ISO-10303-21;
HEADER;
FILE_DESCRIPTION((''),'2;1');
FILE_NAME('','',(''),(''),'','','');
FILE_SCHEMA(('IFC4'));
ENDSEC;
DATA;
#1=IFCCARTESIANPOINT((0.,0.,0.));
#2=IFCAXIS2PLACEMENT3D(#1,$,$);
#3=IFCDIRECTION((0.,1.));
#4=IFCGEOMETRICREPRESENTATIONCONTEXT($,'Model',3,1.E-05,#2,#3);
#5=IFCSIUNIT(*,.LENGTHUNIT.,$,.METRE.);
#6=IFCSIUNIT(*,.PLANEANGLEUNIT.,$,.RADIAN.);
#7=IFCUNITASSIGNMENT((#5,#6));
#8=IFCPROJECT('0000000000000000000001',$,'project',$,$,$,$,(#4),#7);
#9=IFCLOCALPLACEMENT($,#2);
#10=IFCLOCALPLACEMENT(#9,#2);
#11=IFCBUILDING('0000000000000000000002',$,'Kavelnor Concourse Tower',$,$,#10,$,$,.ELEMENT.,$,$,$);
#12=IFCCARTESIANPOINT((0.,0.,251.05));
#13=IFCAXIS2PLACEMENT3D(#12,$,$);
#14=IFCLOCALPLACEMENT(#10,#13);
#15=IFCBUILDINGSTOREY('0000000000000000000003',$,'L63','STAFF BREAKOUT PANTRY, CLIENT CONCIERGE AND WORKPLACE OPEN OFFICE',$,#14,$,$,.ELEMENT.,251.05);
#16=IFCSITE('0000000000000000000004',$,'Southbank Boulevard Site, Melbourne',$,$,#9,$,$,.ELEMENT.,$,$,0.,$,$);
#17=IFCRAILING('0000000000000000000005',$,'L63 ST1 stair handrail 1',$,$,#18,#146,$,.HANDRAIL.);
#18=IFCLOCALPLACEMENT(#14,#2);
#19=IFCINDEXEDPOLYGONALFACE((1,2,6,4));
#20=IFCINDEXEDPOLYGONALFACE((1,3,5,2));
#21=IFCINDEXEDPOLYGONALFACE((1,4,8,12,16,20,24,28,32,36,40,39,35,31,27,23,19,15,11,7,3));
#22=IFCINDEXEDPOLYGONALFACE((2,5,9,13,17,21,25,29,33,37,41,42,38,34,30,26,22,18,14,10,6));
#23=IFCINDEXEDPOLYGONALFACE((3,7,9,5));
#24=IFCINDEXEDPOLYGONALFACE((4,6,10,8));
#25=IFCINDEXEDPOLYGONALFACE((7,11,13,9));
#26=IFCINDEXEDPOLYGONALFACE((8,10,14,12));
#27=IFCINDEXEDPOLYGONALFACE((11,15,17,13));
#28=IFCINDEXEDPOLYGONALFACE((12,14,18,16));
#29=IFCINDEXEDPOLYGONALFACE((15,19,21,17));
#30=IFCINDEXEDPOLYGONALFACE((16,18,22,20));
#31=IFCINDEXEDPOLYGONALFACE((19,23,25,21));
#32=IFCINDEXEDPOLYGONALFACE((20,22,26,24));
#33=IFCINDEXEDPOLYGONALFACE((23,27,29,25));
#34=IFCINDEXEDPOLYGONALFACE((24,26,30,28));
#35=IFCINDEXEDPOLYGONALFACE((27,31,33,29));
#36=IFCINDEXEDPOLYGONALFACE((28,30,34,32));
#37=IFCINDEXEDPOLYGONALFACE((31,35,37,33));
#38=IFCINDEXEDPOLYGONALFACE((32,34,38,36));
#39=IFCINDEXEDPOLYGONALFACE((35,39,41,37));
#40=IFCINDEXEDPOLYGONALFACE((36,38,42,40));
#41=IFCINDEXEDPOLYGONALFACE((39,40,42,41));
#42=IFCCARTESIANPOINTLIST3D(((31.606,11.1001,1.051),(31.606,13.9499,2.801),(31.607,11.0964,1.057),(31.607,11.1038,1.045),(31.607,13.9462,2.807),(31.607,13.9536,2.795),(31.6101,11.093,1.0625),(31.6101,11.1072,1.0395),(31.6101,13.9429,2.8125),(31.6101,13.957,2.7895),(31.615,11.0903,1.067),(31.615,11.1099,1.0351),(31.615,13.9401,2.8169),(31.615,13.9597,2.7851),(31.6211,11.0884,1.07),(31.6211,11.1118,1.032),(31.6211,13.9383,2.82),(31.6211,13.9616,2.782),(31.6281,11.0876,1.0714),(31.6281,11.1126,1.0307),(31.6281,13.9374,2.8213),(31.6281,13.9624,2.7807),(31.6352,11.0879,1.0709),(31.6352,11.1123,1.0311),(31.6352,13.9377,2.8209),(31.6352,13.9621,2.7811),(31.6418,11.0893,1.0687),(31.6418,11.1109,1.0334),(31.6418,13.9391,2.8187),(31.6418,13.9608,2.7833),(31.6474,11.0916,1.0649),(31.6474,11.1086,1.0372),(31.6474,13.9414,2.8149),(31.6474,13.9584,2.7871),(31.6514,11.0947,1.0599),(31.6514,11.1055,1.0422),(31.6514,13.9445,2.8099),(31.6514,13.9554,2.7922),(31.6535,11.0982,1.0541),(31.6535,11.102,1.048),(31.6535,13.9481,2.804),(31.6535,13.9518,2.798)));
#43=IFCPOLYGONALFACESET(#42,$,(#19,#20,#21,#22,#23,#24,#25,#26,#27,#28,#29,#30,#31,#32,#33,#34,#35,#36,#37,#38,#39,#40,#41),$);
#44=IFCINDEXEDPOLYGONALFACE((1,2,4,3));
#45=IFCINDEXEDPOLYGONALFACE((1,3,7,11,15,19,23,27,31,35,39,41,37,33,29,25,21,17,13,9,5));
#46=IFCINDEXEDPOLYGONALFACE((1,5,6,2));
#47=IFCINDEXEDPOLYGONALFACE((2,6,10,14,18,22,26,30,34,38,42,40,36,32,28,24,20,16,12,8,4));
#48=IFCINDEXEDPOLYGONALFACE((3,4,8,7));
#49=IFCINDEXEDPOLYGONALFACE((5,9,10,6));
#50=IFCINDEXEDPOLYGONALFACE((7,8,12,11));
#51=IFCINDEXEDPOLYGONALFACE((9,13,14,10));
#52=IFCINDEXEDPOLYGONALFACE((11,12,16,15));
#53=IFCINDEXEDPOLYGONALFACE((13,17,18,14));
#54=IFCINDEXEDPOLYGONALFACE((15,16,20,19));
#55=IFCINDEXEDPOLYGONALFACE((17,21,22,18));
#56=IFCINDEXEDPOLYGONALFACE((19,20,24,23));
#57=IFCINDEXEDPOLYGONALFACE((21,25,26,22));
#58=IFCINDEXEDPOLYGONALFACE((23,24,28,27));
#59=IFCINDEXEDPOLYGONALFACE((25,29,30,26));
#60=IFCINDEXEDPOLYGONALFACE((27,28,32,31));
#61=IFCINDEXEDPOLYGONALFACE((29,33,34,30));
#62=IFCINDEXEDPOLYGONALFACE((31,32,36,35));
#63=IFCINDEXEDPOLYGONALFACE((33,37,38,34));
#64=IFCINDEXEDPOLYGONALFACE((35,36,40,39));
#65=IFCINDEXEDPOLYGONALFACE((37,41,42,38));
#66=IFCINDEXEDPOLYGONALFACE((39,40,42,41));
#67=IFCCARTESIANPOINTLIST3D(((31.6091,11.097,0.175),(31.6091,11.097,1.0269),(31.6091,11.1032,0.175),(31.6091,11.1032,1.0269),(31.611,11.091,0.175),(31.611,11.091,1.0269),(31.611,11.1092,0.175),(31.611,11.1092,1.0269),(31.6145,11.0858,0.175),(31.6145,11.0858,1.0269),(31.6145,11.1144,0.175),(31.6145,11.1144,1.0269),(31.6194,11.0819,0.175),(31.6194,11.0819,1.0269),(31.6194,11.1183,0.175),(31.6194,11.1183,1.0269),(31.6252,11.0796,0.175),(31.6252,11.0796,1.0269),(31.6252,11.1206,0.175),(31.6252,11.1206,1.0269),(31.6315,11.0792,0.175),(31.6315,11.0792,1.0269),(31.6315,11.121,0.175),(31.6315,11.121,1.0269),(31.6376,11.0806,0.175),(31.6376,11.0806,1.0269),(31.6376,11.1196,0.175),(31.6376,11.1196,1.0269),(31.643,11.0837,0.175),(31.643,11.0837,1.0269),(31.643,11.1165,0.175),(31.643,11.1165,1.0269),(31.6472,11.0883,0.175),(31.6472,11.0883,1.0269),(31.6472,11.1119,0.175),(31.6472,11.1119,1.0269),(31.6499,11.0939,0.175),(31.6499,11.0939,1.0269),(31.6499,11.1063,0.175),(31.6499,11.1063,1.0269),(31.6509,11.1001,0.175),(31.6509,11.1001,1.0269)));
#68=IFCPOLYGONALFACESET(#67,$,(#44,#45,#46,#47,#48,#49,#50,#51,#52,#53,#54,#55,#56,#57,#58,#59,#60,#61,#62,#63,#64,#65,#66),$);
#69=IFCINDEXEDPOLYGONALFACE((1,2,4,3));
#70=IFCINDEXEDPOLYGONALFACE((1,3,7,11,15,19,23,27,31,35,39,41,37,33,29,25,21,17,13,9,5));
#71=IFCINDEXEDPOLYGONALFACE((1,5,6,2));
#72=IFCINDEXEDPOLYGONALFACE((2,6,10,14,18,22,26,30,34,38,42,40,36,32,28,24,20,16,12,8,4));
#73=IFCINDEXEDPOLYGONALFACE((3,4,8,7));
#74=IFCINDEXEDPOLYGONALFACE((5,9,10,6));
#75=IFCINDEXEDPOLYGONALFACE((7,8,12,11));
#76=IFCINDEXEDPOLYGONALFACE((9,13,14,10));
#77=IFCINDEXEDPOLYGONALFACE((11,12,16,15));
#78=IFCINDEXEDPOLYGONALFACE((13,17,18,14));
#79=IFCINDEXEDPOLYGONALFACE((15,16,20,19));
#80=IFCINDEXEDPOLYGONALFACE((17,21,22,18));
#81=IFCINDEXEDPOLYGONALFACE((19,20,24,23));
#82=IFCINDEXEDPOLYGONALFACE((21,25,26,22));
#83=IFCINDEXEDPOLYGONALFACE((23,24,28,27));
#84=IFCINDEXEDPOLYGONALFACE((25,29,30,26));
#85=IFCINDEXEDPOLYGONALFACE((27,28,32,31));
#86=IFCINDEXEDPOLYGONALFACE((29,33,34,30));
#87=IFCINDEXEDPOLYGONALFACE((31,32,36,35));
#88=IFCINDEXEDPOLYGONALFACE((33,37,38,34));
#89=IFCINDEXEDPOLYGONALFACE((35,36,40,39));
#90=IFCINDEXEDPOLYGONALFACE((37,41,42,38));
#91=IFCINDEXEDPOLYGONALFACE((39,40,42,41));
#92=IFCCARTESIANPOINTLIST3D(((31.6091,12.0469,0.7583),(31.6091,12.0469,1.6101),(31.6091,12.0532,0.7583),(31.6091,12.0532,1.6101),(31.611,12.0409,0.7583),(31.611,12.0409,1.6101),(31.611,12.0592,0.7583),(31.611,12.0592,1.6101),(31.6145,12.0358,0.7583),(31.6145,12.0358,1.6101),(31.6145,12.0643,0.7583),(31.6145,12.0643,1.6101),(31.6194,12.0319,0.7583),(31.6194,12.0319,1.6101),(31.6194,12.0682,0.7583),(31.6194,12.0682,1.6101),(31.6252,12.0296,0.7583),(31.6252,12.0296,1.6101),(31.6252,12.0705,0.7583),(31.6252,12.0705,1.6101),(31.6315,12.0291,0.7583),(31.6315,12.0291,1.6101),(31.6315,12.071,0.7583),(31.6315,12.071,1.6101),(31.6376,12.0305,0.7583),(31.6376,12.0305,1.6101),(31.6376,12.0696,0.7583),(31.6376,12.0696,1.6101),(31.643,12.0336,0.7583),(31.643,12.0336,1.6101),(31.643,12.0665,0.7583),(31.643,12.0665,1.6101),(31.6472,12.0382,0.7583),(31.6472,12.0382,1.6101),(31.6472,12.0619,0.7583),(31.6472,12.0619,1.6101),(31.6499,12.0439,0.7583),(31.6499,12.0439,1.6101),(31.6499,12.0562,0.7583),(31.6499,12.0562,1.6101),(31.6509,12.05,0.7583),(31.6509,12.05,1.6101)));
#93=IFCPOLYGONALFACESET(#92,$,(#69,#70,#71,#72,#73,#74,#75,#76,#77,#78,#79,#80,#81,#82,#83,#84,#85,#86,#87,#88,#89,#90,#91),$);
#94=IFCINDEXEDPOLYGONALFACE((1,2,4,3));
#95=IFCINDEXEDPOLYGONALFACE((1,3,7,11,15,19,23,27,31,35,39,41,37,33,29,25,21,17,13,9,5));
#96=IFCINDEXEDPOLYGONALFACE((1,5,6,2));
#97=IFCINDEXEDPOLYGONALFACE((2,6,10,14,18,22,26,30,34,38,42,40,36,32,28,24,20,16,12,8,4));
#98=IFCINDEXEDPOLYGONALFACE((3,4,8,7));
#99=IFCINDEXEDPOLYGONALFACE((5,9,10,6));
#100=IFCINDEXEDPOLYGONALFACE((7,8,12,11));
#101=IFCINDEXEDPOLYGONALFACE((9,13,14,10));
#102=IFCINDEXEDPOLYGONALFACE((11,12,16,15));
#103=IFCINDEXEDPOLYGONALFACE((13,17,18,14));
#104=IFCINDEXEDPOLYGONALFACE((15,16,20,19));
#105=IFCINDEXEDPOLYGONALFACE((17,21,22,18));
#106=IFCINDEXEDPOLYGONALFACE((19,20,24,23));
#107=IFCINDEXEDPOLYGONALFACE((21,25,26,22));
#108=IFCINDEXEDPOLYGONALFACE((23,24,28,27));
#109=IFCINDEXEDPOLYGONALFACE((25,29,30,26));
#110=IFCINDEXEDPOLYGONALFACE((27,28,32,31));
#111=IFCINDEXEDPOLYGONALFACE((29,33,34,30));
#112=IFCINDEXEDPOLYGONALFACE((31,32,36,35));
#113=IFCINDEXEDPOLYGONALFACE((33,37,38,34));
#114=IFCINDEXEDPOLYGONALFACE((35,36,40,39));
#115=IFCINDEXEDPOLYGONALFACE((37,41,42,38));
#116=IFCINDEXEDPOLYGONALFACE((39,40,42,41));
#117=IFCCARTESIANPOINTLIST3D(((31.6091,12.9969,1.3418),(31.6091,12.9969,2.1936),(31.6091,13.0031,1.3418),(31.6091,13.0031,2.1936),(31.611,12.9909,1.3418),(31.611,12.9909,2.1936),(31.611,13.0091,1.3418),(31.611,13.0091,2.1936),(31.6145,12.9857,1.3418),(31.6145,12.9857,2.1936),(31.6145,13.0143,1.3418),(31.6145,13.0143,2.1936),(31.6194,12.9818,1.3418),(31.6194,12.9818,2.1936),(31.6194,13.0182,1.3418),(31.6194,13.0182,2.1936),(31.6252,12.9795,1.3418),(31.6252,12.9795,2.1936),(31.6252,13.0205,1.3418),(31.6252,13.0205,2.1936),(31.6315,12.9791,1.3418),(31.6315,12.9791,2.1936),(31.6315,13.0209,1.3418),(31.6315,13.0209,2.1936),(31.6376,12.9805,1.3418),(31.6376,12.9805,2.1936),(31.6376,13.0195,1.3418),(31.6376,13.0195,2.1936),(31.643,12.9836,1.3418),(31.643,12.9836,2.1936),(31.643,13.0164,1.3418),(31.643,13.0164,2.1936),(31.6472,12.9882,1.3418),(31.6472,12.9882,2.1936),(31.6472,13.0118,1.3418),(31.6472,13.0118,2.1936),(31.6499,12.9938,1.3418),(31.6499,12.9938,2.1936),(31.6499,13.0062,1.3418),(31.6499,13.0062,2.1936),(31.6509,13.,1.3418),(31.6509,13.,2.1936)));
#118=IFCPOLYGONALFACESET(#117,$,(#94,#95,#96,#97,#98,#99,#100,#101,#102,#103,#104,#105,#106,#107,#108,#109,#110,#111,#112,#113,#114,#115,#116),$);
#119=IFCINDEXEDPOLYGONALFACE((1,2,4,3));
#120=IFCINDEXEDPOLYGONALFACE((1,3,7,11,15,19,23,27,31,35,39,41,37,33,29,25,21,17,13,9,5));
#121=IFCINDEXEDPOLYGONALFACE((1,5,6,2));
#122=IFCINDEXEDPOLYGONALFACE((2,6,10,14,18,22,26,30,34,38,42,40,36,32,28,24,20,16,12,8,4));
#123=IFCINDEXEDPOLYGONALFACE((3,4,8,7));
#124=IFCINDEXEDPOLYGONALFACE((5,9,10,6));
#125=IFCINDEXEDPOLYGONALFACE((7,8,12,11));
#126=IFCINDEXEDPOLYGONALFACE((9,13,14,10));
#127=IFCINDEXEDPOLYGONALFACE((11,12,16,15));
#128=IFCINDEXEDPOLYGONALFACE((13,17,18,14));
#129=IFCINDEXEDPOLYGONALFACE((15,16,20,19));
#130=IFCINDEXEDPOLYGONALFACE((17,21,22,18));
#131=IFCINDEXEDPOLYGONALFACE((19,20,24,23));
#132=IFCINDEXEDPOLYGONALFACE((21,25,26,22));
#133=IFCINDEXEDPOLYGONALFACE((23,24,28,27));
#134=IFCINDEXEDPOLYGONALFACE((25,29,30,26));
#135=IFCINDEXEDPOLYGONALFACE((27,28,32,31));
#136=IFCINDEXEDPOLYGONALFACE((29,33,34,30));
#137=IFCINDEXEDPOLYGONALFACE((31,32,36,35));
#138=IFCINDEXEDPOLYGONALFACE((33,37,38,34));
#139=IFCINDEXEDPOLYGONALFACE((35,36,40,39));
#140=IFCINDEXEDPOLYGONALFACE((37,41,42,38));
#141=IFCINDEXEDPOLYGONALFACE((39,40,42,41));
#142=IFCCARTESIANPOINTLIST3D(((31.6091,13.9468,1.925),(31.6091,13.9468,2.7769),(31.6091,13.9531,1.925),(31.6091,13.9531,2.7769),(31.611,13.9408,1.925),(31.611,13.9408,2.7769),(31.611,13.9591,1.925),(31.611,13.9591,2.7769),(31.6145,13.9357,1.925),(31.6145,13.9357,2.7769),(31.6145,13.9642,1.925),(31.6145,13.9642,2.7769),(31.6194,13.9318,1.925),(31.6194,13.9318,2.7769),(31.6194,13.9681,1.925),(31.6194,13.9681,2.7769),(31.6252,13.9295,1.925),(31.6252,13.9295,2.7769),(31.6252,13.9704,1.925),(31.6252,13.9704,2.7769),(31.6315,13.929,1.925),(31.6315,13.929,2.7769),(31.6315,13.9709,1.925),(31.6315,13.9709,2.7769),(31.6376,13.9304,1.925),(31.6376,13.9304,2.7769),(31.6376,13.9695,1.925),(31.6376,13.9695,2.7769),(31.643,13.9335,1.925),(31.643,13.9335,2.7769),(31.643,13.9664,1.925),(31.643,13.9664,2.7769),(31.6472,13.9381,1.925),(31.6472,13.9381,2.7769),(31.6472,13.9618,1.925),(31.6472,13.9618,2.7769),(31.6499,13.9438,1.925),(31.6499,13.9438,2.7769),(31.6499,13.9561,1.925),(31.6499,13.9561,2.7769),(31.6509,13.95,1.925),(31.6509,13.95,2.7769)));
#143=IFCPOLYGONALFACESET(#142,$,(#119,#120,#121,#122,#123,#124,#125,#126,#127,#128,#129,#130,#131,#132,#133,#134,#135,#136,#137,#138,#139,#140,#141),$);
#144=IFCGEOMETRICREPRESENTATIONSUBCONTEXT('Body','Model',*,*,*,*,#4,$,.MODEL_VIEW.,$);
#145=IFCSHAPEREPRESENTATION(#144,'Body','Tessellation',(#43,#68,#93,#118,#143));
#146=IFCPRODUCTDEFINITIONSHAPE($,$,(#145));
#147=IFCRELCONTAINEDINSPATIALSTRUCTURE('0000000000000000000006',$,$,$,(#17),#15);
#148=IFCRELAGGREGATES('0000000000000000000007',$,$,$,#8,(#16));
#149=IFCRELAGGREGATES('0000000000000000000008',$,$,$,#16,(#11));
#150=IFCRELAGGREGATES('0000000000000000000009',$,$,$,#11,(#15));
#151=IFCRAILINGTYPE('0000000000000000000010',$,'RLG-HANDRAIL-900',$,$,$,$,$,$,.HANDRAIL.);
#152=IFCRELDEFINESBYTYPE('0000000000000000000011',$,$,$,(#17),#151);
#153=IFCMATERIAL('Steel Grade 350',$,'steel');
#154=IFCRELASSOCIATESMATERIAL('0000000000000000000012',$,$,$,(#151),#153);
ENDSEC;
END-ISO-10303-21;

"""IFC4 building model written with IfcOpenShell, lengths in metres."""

from ifc_helpers import new_model, si_unit, direction, frame, origin, origin_2d, place, context, subcontext, project, spatial, circle, extrude, material, type_object, element, save


model = new_model("IFC4")

# Units and contexts
model_context = context("Model", 3, precision=1e-05, world=origin(), true_north=direction((0.0, 1.0)))
body_context = subcontext(model_context, "Body", "Model", "MODEL_VIEW")
ifc_project = project(units=[si_unit("LENGTHUNIT", "METRE"), si_unit("PLANEANGLEUNIT", "RADIAN")], contexts=[model_context])

# Site, building, storey
site_placement = place(None, origin())
site = spatial("IfcSite", under=ifc_project, at=site_placement, Name="Southbank Boulevard Site, Melbourne", CompositionType="ELEMENT", RefElevation=0.0)
building_placement = place(site_placement, origin())
building = spatial("IfcBuilding", under=site, at=building_placement, Name="Kavelnor Concourse Tower", CompositionType="ELEMENT")
storey_placement = place(building_placement, frame((0.0, 0.0, 251.05)))
storey = spatial("IfcBuildingStorey", under=building, at=storey_placement, Name="L63", Description="STAFF BREAKOUT PANTRY, CLIENT CONCIERGE AND WORKPLACE OPEN OFFICE", CompositionType="ELEMENT", Elevation=251.05)

# Shared definitions
ifc_material_1 = material(Name="Steel Grade 350", Category="steel")

# Railing
railing_type_1 = type_object("IfcRailingType", Name="RLG-HANDRAIL-900", PredefinedType="HANDRAIL", material=ifc_material_1)
railing_1_placement = place(storey_placement, frame((31.6299, 11.1001, 0.175)))
element("IfcRailing", 1, at=railing_1_placement, inside=storey, type_object=railing_type_1, Name="L63 ST1 stair handrail 1", PredefinedType="HANDRAIL", context=body_context, shape_type="SweptSolid", body=[
    extrude(circle(Radius=0.0239, at=origin_2d()), frame((0.0, 0.0, 0.876), z_axis=(0.0, 0.852159, 0.523283), x_axis=(-1.0, 0.0, 0.0)), (0.0, 0.0, 1.0), 3.3442),
    extrude(circle(Radius=0.021, at=origin_2d()), origin(), (0.0, 0.0, 1.0), 0.8518),
    extrude(circle(Radius=0.021, at=origin_2d()), frame((0.0, 0.95, 0.5833)), (0.0, 0.0, 1.0), 0.8518),
    extrude(circle(Radius=0.021, at=origin_2d()), frame((0.0, 1.8999, 1.1667)), (0.0, 0.0, 1.0), 0.8518),
    extrude(circle(Radius=0.021, at=origin_2d()), frame((0.0, 2.8499, 1.75)), (0.0, 0.0, 1.0), 0.8518),
])

save(model, "model.ifc")
